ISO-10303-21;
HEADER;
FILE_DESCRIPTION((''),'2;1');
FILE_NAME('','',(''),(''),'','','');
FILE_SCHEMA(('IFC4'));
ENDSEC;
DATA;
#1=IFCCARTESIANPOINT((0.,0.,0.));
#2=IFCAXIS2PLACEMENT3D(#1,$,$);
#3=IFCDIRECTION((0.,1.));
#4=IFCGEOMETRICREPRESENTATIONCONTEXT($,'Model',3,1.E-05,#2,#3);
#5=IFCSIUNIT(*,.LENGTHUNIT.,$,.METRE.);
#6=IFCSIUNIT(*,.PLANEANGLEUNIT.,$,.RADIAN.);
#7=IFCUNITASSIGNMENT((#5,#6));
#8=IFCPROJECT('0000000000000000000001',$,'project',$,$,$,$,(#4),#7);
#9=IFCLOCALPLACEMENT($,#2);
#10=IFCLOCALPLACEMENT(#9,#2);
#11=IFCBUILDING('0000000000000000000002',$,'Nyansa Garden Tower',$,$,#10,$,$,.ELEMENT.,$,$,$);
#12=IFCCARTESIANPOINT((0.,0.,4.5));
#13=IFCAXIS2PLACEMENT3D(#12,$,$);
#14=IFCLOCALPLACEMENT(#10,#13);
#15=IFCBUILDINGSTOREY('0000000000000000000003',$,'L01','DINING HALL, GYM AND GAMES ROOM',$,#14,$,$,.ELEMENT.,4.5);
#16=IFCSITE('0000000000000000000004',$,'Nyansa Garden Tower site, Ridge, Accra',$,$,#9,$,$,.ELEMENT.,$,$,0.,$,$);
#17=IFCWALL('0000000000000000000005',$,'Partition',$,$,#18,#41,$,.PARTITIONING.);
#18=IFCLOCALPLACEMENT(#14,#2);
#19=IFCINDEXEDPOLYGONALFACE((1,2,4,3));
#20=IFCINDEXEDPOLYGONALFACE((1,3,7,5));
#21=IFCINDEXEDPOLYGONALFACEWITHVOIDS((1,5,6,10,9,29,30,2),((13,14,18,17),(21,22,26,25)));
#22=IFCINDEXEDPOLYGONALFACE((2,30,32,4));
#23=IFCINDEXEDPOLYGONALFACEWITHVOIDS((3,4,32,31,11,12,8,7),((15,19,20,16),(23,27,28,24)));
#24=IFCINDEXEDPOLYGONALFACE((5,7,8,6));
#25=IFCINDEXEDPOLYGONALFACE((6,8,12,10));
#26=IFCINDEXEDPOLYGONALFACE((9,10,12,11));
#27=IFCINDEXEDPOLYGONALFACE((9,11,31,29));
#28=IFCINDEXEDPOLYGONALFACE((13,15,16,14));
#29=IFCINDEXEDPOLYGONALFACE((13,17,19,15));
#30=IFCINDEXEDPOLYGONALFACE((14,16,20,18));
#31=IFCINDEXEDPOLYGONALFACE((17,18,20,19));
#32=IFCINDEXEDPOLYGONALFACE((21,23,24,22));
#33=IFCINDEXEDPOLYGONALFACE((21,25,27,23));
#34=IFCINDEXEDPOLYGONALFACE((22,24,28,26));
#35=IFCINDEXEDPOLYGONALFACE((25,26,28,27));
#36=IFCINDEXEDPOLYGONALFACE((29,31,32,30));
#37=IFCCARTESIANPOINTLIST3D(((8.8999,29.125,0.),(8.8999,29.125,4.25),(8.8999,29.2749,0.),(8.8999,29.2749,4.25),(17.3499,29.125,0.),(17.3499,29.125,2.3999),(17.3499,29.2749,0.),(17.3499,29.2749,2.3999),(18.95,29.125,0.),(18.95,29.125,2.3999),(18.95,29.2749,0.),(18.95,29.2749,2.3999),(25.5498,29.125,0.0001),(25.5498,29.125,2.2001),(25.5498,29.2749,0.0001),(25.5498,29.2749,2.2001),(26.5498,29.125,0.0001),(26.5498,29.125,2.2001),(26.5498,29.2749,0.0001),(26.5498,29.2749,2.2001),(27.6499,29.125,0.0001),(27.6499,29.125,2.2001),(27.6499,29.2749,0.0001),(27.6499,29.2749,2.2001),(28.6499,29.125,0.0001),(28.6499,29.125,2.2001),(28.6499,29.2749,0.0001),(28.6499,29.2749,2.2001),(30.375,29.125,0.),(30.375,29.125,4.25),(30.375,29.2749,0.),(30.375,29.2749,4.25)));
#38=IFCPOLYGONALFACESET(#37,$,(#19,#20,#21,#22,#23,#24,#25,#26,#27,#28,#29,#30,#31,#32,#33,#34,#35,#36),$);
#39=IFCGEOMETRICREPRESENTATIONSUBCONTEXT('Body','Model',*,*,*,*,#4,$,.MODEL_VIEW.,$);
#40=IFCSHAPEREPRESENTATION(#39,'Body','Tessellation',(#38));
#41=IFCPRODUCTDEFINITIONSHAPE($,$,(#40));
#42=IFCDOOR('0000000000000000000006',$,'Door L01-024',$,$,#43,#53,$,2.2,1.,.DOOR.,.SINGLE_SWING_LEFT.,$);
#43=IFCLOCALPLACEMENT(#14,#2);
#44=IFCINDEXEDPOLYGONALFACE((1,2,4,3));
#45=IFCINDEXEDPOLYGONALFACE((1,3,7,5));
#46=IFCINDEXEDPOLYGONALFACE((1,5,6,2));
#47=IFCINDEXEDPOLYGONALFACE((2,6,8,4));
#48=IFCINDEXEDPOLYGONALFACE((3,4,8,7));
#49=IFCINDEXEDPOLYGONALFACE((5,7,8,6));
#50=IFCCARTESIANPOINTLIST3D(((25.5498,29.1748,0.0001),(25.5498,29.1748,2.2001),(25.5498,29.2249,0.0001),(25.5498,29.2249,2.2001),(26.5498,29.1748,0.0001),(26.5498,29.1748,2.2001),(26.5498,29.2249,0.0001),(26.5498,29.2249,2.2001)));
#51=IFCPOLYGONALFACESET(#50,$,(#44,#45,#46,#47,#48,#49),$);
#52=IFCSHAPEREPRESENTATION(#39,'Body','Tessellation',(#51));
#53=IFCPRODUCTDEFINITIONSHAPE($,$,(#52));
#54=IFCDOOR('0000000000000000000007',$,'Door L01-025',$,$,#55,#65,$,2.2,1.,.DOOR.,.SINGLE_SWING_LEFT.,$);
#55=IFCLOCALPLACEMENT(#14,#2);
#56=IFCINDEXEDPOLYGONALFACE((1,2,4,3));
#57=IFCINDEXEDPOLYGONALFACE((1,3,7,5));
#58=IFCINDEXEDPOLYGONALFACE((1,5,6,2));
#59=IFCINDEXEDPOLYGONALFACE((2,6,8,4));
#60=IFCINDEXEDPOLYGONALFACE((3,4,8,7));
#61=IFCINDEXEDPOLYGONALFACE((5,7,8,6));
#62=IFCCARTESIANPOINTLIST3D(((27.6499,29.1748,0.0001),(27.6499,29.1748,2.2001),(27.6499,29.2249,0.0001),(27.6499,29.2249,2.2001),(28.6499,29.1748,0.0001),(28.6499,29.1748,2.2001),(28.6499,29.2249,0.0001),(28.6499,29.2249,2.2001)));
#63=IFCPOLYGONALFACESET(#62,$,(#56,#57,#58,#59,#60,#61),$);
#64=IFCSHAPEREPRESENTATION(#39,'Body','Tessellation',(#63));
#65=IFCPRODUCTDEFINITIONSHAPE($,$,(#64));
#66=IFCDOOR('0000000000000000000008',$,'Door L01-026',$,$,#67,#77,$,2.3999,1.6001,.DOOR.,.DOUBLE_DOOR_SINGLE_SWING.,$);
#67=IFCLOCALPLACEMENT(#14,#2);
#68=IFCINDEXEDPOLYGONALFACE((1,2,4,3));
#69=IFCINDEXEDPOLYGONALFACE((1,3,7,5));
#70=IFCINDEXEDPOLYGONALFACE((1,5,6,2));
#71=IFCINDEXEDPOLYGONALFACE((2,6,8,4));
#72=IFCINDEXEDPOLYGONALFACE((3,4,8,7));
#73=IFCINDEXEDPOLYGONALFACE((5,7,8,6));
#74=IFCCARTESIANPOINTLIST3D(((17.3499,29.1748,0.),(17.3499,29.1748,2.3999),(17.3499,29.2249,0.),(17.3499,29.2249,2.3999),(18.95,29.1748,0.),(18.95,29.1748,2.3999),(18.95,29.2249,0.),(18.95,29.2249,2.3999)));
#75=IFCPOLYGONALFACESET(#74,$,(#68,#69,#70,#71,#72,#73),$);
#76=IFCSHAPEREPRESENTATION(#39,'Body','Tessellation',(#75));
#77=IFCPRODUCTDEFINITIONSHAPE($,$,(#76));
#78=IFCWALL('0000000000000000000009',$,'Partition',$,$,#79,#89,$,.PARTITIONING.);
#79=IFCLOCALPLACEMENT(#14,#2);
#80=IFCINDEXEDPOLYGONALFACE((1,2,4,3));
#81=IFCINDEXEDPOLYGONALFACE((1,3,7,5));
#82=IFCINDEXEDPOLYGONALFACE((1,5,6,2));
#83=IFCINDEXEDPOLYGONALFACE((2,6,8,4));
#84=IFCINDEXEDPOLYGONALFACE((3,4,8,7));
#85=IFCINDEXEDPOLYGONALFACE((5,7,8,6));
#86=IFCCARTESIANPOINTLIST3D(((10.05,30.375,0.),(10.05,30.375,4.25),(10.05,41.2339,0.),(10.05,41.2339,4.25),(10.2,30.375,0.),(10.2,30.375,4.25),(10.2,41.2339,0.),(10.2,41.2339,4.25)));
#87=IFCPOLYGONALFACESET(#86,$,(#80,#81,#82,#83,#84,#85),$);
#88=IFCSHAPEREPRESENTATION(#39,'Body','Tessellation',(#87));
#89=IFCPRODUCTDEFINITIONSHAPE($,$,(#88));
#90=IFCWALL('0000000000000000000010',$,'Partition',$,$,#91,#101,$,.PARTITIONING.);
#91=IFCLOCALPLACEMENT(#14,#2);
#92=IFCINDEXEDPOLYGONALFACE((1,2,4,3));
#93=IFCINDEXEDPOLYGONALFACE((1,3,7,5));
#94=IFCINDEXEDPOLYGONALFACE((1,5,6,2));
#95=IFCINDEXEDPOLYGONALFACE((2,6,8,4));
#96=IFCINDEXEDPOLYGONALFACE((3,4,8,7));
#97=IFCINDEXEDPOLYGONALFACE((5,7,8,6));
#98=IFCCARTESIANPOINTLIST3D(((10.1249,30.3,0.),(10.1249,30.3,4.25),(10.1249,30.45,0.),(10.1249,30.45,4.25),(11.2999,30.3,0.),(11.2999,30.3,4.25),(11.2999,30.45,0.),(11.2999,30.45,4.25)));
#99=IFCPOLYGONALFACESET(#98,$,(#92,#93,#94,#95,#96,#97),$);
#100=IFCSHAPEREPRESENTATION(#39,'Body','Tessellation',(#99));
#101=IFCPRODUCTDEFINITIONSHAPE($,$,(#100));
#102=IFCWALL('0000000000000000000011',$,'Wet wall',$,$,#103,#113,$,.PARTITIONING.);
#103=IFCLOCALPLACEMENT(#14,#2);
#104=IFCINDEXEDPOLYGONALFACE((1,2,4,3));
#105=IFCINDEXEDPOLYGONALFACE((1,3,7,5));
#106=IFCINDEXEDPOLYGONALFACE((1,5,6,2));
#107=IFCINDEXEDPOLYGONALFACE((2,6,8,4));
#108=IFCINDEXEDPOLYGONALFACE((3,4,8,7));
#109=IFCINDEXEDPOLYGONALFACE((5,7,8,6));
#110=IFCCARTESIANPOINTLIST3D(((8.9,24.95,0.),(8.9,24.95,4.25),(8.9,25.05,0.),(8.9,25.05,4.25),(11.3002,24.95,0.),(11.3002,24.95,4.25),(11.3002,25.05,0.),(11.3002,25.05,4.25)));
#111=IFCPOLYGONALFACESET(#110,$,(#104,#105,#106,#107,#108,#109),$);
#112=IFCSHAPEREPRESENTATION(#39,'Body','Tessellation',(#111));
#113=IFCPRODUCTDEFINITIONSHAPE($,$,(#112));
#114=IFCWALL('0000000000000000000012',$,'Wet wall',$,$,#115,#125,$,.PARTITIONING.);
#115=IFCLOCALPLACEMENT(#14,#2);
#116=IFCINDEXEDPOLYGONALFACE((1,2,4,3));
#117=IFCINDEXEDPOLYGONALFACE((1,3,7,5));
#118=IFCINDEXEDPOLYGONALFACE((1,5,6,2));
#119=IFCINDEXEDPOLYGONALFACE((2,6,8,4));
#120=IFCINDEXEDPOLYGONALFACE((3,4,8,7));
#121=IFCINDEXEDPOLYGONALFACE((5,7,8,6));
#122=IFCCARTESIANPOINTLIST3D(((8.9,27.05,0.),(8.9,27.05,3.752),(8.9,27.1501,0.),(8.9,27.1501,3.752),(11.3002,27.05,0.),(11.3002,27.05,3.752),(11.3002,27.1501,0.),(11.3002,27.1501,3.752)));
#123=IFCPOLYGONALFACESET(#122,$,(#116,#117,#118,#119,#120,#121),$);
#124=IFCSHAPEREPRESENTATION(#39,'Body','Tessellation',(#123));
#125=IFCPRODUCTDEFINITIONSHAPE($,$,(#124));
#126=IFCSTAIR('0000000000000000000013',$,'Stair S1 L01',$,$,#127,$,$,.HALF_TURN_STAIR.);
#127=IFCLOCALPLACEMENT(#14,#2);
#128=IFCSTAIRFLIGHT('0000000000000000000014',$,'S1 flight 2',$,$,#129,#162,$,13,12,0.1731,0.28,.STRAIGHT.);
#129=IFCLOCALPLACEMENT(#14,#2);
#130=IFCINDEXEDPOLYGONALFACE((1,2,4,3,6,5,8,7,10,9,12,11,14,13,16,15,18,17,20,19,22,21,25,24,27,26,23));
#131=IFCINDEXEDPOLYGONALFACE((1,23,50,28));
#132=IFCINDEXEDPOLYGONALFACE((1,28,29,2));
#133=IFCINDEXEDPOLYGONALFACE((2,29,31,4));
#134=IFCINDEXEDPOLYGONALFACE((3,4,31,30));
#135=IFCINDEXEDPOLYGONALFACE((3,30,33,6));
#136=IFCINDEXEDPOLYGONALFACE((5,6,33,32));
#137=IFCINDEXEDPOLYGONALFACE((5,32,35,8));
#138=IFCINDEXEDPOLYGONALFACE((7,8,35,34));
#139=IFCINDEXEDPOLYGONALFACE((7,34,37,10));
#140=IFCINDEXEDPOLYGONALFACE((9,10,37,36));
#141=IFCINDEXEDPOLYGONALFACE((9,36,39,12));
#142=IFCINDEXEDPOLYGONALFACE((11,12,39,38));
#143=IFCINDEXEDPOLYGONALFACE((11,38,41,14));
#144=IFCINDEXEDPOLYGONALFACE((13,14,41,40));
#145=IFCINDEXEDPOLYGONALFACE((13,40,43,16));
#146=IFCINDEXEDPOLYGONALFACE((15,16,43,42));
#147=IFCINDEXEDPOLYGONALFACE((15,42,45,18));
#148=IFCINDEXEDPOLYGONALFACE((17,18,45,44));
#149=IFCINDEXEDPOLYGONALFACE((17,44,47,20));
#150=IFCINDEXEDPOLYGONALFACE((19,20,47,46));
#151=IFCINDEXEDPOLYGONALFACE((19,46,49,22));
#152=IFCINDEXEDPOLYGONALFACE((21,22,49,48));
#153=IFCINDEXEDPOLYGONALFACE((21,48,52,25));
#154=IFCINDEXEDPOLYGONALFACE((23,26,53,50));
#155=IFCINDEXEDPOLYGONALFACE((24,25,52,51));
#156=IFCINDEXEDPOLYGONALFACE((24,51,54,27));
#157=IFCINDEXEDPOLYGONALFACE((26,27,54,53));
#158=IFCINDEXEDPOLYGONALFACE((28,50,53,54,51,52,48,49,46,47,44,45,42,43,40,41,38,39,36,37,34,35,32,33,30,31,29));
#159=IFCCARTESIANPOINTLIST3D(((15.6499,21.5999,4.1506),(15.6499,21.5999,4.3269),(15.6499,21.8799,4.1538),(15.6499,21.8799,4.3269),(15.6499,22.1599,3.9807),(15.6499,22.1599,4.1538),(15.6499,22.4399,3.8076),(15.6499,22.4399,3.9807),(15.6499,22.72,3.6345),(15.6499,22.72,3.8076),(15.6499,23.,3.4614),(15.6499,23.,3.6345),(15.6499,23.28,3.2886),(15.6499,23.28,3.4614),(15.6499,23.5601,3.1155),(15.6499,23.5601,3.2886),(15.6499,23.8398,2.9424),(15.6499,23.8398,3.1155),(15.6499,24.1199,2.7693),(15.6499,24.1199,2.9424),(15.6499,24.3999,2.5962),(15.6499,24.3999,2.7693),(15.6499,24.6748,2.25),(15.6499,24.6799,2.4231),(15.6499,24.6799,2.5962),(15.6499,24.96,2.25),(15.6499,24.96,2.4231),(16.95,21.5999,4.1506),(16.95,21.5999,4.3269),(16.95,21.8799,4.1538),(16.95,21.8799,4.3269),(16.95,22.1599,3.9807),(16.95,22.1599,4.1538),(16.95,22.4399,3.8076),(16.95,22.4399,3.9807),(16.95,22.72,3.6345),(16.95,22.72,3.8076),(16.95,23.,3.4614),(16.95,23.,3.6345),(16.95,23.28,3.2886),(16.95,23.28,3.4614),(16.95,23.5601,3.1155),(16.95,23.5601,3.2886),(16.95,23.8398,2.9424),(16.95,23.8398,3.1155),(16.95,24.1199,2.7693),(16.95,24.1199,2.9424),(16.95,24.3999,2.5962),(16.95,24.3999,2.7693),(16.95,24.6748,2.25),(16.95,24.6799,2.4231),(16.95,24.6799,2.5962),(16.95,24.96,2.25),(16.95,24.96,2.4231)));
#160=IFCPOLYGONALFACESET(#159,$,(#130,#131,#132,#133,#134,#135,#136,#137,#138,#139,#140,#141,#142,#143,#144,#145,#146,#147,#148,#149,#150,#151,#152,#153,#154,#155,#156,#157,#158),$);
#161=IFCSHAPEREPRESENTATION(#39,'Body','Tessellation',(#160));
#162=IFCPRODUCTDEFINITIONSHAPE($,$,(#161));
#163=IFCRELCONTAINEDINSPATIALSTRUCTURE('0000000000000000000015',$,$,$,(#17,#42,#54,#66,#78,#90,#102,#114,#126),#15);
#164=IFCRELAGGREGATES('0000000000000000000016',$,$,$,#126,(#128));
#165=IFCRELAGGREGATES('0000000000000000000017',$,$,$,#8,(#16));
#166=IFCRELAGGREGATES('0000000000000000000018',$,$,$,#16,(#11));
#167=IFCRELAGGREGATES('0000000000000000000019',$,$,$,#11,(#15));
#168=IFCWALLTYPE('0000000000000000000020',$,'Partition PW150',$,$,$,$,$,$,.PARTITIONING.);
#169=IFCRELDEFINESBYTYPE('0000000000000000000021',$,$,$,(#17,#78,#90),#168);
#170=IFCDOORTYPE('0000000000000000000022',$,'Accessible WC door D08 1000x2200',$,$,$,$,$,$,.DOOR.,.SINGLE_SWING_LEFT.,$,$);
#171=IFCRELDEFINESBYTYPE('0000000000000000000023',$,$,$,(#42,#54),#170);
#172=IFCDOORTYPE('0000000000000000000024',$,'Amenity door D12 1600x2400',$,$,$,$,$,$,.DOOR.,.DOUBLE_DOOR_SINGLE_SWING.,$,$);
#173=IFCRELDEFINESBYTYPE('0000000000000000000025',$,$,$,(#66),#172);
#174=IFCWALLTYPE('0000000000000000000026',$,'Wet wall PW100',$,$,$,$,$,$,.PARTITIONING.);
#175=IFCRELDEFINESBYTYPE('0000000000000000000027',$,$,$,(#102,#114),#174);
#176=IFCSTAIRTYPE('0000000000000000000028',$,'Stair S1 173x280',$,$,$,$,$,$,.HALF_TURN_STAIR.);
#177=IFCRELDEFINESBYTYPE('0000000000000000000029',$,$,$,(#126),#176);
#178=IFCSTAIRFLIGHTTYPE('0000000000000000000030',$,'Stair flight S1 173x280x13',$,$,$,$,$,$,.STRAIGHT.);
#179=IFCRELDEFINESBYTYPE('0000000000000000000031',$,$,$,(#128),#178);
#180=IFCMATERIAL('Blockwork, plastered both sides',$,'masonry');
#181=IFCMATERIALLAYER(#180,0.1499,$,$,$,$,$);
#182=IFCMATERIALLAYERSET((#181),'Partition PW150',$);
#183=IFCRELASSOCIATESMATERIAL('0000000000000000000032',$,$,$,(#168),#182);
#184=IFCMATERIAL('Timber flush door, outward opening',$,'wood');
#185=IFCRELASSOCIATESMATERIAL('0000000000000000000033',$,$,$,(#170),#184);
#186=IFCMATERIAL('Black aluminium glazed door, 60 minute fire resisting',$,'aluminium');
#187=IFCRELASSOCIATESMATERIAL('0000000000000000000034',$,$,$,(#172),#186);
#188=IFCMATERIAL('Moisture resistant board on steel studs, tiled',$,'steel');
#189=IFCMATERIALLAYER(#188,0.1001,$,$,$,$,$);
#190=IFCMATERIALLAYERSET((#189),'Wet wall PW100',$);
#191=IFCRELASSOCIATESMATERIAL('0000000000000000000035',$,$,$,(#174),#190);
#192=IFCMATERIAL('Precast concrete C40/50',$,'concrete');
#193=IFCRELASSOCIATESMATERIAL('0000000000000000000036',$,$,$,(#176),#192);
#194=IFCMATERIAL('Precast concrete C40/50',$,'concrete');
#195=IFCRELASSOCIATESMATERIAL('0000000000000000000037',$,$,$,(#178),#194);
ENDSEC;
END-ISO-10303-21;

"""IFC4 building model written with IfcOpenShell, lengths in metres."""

from ifc_helpers import new_model, si_unit, direction, frame, frame_2d, origin, place, context, subcontext, project, spatial, polyline, rectangle, outline, extrude, material, layer, layer_set, type_object, element, fill, aggregate, save


model = new_model("IFC4")

# Units and contexts
model_context = context("Model", 3, precision=1e-05, world=origin(), true_north=direction((0.0, 1.0)))
body_context = subcontext(model_context, "Body", "Model", "MODEL_VIEW")
ifc_project = project(units=[si_unit("LENGTHUNIT", "METRE"), si_unit("PLANEANGLEUNIT", "RADIAN")], contexts=[model_context])

# Site, building, storey
site_placement = place(None, origin())
site = spatial("IfcSite", under=ifc_project, at=site_placement, Name="Nyansa Garden Tower site, Ridge, Accra", CompositionType="ELEMENT", RefElevation=0.0)
building_placement = place(site_placement, origin())
building = spatial("IfcBuilding", under=site, at=building_placement, Name="Nyansa Garden Tower", CompositionType="ELEMENT")
storey_placement = place(building_placement, frame((0.0, 0.0, 4.5)))
storey = spatial("IfcBuildingStorey", under=building, at=storey_placement, Name="L01", Description="DINING HALL, GYM AND GAMES ROOM", CompositionType="ELEMENT", Elevation=4.5)

# Shared definitions
ifc_material_1 = material(Name="Blockwork, plastered both sides", Category="masonry")
ifc_layer_1 = layer(ifc_material_1, 0.1499)
ifc_layer_set_1 = layer_set([ifc_layer_1], Name="Partition PW150")
wall_type_1 = type_object("IfcWallType", Name="Partition PW150", PredefinedType="PARTITIONING", material=ifc_layer_set_1)

# Wall, openings, doors
wall_1_placement = place(storey_placement, frame((8.8999, 29.2, 0.0), z_axis=(0.0, 0.0, 1.0), x_axis=(1.0, 0.0, 0.0)))
wall_1 = element("IfcWall", 1, at=wall_1_placement, inside=storey, type_object=wall_type_1, Name="Partition", PredefinedType="PARTITIONING", context=body_context, shape_type="SweptSolid", body=[
    extrude(rectangle(XDim=21.4751, YDim=0.1499, at=frame_2d((10.7375, 0.0))), origin(), (0.0, 0.0, 1.0), 4.25),
])
opening_1_placement = place(wall_1_placement, frame((16.6499, 0.0, 0.0)))
opening_1 = element("IfcOpeningElement", 2, at=opening_1_placement, cuts=wall_1, PredefinedType="OPENING", context=body_context, shape_type="SweptSolid", body=[
    extrude(rectangle(XDim=1.0, YDim=2.2, at=frame_2d((0.5, 1.1001))), frame((0.0, 0.085, 0.0), z_axis=(0.0, -1.0, 0.0), x_axis=(1.0, 0.0, 0.0)), (0.0, 0.0, 1.0), 0.1699),
])
opening_2_placement = place(wall_1_placement, frame((18.75, 0.0, 0.0)))
opening_2 = element("IfcOpeningElement", 3, at=opening_2_placement, cuts=wall_1, PredefinedType="OPENING", context=body_context, shape_type="SweptSolid", body=[
    extrude(rectangle(XDim=1.0, YDim=2.2, at=frame_2d((0.5, 1.1001))), frame((0.0, 0.085, 0.0), z_axis=(0.0, -1.0, 0.0), x_axis=(1.0, 0.0, 0.0)), (0.0, 0.0, 1.0), 0.1699),
])
opening_3_placement = place(wall_1_placement, frame((8.45, 0.0, 0.0)))
opening_3 = element("IfcOpeningElement", 4, at=opening_3_placement, cuts=wall_1, PredefinedType="OPENING", context=body_context, shape_type="SweptSolid", body=[
    extrude(rectangle(XDim=1.6001, YDim=2.3999, at=frame_2d((0.8, 1.2))), frame((0.0, 0.085, 0.0), z_axis=(0.0, -1.0, 0.0), x_axis=(1.0, 0.0, 0.0)), (0.0, 0.0, 1.0), 0.1699),
])
ifc_material_2 = material(Name="Timber flush door, outward opening", Category="wood")
door_type_1 = type_object("IfcDoorType", Name="Accessible WC door D08 1000x2200", OperationType="SINGLE_SWING_LEFT", PredefinedType="DOOR", material=ifc_material_2)
door_1_placement = place(opening_1_placement, origin())
door_1 = element("IfcDoor", 5, at=door_1_placement, inside=storey, type_object=door_type_1, Name="Door L01-024", OperationType="SINGLE_SWING_LEFT", OverallHeight=2.2, OverallWidth=1.0, PredefinedType="DOOR", context=body_context, shape_type="SweptSolid", body=[
    extrude(rectangle(XDim=1.0, YDim=2.2, at=frame_2d((0.5, 1.1001))), frame((0.0, 0.0249, 0.0), z_axis=(0.0, -1.0, 0.0), x_axis=(1.0, 0.0, 0.0)), (0.0, 0.0, 1.0), 0.05),
])
fill(opening_1, door_1)
door_2_placement = place(opening_2_placement, origin())
door_2 = element("IfcDoor", 6, at=door_2_placement, inside=storey, type_object=door_type_1, Name="Door L01-025", OperationType="SINGLE_SWING_LEFT", OverallHeight=2.2, OverallWidth=1.0, PredefinedType="DOOR", context=body_context, shape_type="SweptSolid", body=[
    extrude(rectangle(XDim=1.0, YDim=2.2, at=frame_2d((0.5, 1.1001))), frame((0.0, 0.0249, 0.0), z_axis=(0.0, -1.0, 0.0), x_axis=(1.0, 0.0, 0.0)), (0.0, 0.0, 1.0), 0.05),
])
fill(opening_2, door_2)
ifc_material_3 = material(Name="Black aluminium glazed door, 60 minute fire resisting", Category="aluminium")
door_type_2 = type_object("IfcDoorType", Name="Amenity door D12 1600x2400", OperationType="DOUBLE_DOOR_SINGLE_SWING", PredefinedType="DOOR", material=ifc_material_3)
door_3_placement = place(opening_3_placement, origin())
door_3 = element("IfcDoor", 7, at=door_3_placement, inside=storey, type_object=door_type_2, Name="Door L01-026", OperationType="DOUBLE_DOOR_SINGLE_SWING", OverallHeight=2.3999, OverallWidth=1.6001, PredefinedType="DOOR", context=body_context, shape_type="SweptSolid", body=[
    extrude(rectangle(XDim=1.6001, YDim=2.3999, at=frame_2d((0.8, 1.2))), frame((0.0, 0.0249, 0.0), z_axis=(0.0, -1.0, 0.0), x_axis=(1.0, 0.0, 0.0)), (0.0, 0.0, 1.0), 0.05),
])
fill(opening_3, door_3)

# Walls
wall_2_placement = place(storey_placement, frame((10.125, 30.375, 0.0), z_axis=(0.0, 0.0, 1.0), x_axis=(0.0, 1.0, 0.0)))
element("IfcWall", 8, at=wall_2_placement, inside=storey, type_object=wall_type_1, Name="Partition", PredefinedType="PARTITIONING", context=body_context, shape_type="SweptSolid", body=[
    extrude(rectangle(XDim=10.8589, YDim=0.1499, at=frame_2d((5.4294, 0.0))), origin(), (0.0, 0.0, 1.0), 4.25),
])
wall_3_placement = place(storey_placement, frame((10.125, 30.375, 0.0), z_axis=(0.0, 0.0, 1.0), x_axis=(1.0, 0.0, 0.0)))
element("IfcWall", 9, at=wall_3_placement, inside=storey, type_object=wall_type_1, Name="Partition", PredefinedType="PARTITIONING", context=body_context, shape_type="SweptSolid", body=[
    extrude(rectangle(XDim=1.175, YDim=0.1499, at=frame_2d((0.5874, 0.0))), origin(), (0.0, 0.0, 1.0), 4.25),
])
ifc_material_4 = material(Name="Moisture resistant board on steel studs, tiled", Category="steel")
ifc_layer_2 = layer(ifc_material_4, 0.1001)
ifc_layer_set_2 = layer_set([ifc_layer_2], Name="Wet wall PW100")
wall_type_2 = type_object("IfcWallType", Name="Wet wall PW100", PredefinedType="PARTITIONING", material=ifc_layer_set_2)
wall_4_placement = place(storey_placement, frame((8.8999, 25.0, 0.0), z_axis=(0.0, 0.0, 1.0), x_axis=(1.0, 0.0, 0.0)))
element("IfcWall", 10, at=wall_4_placement, inside=storey, type_object=wall_type_2, Name="Wet wall", PredefinedType="PARTITIONING", context=body_context, shape_type="SweptSolid", body=[
    extrude(rectangle(XDim=2.4001, YDim=0.1001, at=frame_2d((1.2002, 0.0))), origin(), (0.0, 0.0, 1.0), 4.25),
])
wall_5_placement = place(storey_placement, frame((8.8999, 27.1001, 0.0), z_axis=(0.0, 0.0, 1.0), x_axis=(1.0, 0.0, 0.0)))
element("IfcWall", 11, at=wall_5_placement, inside=storey, type_object=wall_type_2, Name="Wet wall", PredefinedType="PARTITIONING", context=body_context, shape_type="SweptSolid", body=[
    extrude(rectangle(XDim=2.4001, YDim=0.1001, at=frame_2d((1.2002, 0.0))), origin(), (0.0, 0.0, 1.0), 3.752),
])

# Stair, stair flight
ifc_material_5 = material(Name="Precast concrete C40/50", Category="concrete")
stair_type = type_object("IfcStairType", Name="Stair S1 173x280", PredefinedType="HALF_TURN_STAIR", material=ifc_material_5)
stair_placement = place(storey_placement, origin())
stair = element("IfcStair", 12, at=stair_placement, inside=storey, type_object=stair_type, Name="Stair S1 L01", PredefinedType="HALF_TURN_STAIR")
ifc_material_6 = material(Name="Precast concrete C40/50", Category="concrete")
stair_flight_type = type_object("IfcStairFlightType", Name="Stair flight S1 173x280x13", PredefinedType="STRAIGHT", material=ifc_material_6)
stair_flight_placement = place(storey_placement, frame((16.3, 24.96, 2.25), z_axis=(0.0, 0.0, 1.0), x_axis=(0.0, -1.0, 0.0)))
stair_flight = element("IfcStairFlight", 13, at=stair_flight_placement, type_object=stair_flight_type, Name="S1 flight 2", NumberOfRisers=13, NumberOfTreads=12, PredefinedType="STRAIGHT", RiserHeight=0.1731, TreadLength=0.28, context=body_context, shape_type="SweptSolid", body=[
    extrude(outline(polyline([(0.0, 0.0), (0.0, 0.1731), (0.28, 0.1731), (0.28, 0.3462), (0.5601, 0.3462), (0.5601, 0.5193), (0.8401, 0.5193), (0.8401, 0.6924), (1.1201, 0.6924), (1.1201, 0.8655), (1.3999, 0.8655), (1.3999, 1.0386), (1.6799, 1.0386), (1.6799, 1.2114), (1.96, 1.2114), (1.96, 1.3845), (2.24, 1.3845), (2.24, 1.5576), (2.52, 1.5576), (2.52, 1.7307), (2.8, 1.7307), (2.8, 1.9038), (3.0801, 1.9038), (3.0801, 2.0769), (3.3601, 2.0769), (3.3601, 2.25), (3.3601, 1.9006), (0.2852, 0.0), (0.0, 0.0)])), frame((0.0, 0.6499, 0.0), z_axis=(0.0, -1.0, 0.0), x_axis=(1.0, 0.0, 0.0)), (0.0, 0.0, 1.0), 1.3),
])
aggregate(stair, [stair_flight])

save(model, "model.ifc")
